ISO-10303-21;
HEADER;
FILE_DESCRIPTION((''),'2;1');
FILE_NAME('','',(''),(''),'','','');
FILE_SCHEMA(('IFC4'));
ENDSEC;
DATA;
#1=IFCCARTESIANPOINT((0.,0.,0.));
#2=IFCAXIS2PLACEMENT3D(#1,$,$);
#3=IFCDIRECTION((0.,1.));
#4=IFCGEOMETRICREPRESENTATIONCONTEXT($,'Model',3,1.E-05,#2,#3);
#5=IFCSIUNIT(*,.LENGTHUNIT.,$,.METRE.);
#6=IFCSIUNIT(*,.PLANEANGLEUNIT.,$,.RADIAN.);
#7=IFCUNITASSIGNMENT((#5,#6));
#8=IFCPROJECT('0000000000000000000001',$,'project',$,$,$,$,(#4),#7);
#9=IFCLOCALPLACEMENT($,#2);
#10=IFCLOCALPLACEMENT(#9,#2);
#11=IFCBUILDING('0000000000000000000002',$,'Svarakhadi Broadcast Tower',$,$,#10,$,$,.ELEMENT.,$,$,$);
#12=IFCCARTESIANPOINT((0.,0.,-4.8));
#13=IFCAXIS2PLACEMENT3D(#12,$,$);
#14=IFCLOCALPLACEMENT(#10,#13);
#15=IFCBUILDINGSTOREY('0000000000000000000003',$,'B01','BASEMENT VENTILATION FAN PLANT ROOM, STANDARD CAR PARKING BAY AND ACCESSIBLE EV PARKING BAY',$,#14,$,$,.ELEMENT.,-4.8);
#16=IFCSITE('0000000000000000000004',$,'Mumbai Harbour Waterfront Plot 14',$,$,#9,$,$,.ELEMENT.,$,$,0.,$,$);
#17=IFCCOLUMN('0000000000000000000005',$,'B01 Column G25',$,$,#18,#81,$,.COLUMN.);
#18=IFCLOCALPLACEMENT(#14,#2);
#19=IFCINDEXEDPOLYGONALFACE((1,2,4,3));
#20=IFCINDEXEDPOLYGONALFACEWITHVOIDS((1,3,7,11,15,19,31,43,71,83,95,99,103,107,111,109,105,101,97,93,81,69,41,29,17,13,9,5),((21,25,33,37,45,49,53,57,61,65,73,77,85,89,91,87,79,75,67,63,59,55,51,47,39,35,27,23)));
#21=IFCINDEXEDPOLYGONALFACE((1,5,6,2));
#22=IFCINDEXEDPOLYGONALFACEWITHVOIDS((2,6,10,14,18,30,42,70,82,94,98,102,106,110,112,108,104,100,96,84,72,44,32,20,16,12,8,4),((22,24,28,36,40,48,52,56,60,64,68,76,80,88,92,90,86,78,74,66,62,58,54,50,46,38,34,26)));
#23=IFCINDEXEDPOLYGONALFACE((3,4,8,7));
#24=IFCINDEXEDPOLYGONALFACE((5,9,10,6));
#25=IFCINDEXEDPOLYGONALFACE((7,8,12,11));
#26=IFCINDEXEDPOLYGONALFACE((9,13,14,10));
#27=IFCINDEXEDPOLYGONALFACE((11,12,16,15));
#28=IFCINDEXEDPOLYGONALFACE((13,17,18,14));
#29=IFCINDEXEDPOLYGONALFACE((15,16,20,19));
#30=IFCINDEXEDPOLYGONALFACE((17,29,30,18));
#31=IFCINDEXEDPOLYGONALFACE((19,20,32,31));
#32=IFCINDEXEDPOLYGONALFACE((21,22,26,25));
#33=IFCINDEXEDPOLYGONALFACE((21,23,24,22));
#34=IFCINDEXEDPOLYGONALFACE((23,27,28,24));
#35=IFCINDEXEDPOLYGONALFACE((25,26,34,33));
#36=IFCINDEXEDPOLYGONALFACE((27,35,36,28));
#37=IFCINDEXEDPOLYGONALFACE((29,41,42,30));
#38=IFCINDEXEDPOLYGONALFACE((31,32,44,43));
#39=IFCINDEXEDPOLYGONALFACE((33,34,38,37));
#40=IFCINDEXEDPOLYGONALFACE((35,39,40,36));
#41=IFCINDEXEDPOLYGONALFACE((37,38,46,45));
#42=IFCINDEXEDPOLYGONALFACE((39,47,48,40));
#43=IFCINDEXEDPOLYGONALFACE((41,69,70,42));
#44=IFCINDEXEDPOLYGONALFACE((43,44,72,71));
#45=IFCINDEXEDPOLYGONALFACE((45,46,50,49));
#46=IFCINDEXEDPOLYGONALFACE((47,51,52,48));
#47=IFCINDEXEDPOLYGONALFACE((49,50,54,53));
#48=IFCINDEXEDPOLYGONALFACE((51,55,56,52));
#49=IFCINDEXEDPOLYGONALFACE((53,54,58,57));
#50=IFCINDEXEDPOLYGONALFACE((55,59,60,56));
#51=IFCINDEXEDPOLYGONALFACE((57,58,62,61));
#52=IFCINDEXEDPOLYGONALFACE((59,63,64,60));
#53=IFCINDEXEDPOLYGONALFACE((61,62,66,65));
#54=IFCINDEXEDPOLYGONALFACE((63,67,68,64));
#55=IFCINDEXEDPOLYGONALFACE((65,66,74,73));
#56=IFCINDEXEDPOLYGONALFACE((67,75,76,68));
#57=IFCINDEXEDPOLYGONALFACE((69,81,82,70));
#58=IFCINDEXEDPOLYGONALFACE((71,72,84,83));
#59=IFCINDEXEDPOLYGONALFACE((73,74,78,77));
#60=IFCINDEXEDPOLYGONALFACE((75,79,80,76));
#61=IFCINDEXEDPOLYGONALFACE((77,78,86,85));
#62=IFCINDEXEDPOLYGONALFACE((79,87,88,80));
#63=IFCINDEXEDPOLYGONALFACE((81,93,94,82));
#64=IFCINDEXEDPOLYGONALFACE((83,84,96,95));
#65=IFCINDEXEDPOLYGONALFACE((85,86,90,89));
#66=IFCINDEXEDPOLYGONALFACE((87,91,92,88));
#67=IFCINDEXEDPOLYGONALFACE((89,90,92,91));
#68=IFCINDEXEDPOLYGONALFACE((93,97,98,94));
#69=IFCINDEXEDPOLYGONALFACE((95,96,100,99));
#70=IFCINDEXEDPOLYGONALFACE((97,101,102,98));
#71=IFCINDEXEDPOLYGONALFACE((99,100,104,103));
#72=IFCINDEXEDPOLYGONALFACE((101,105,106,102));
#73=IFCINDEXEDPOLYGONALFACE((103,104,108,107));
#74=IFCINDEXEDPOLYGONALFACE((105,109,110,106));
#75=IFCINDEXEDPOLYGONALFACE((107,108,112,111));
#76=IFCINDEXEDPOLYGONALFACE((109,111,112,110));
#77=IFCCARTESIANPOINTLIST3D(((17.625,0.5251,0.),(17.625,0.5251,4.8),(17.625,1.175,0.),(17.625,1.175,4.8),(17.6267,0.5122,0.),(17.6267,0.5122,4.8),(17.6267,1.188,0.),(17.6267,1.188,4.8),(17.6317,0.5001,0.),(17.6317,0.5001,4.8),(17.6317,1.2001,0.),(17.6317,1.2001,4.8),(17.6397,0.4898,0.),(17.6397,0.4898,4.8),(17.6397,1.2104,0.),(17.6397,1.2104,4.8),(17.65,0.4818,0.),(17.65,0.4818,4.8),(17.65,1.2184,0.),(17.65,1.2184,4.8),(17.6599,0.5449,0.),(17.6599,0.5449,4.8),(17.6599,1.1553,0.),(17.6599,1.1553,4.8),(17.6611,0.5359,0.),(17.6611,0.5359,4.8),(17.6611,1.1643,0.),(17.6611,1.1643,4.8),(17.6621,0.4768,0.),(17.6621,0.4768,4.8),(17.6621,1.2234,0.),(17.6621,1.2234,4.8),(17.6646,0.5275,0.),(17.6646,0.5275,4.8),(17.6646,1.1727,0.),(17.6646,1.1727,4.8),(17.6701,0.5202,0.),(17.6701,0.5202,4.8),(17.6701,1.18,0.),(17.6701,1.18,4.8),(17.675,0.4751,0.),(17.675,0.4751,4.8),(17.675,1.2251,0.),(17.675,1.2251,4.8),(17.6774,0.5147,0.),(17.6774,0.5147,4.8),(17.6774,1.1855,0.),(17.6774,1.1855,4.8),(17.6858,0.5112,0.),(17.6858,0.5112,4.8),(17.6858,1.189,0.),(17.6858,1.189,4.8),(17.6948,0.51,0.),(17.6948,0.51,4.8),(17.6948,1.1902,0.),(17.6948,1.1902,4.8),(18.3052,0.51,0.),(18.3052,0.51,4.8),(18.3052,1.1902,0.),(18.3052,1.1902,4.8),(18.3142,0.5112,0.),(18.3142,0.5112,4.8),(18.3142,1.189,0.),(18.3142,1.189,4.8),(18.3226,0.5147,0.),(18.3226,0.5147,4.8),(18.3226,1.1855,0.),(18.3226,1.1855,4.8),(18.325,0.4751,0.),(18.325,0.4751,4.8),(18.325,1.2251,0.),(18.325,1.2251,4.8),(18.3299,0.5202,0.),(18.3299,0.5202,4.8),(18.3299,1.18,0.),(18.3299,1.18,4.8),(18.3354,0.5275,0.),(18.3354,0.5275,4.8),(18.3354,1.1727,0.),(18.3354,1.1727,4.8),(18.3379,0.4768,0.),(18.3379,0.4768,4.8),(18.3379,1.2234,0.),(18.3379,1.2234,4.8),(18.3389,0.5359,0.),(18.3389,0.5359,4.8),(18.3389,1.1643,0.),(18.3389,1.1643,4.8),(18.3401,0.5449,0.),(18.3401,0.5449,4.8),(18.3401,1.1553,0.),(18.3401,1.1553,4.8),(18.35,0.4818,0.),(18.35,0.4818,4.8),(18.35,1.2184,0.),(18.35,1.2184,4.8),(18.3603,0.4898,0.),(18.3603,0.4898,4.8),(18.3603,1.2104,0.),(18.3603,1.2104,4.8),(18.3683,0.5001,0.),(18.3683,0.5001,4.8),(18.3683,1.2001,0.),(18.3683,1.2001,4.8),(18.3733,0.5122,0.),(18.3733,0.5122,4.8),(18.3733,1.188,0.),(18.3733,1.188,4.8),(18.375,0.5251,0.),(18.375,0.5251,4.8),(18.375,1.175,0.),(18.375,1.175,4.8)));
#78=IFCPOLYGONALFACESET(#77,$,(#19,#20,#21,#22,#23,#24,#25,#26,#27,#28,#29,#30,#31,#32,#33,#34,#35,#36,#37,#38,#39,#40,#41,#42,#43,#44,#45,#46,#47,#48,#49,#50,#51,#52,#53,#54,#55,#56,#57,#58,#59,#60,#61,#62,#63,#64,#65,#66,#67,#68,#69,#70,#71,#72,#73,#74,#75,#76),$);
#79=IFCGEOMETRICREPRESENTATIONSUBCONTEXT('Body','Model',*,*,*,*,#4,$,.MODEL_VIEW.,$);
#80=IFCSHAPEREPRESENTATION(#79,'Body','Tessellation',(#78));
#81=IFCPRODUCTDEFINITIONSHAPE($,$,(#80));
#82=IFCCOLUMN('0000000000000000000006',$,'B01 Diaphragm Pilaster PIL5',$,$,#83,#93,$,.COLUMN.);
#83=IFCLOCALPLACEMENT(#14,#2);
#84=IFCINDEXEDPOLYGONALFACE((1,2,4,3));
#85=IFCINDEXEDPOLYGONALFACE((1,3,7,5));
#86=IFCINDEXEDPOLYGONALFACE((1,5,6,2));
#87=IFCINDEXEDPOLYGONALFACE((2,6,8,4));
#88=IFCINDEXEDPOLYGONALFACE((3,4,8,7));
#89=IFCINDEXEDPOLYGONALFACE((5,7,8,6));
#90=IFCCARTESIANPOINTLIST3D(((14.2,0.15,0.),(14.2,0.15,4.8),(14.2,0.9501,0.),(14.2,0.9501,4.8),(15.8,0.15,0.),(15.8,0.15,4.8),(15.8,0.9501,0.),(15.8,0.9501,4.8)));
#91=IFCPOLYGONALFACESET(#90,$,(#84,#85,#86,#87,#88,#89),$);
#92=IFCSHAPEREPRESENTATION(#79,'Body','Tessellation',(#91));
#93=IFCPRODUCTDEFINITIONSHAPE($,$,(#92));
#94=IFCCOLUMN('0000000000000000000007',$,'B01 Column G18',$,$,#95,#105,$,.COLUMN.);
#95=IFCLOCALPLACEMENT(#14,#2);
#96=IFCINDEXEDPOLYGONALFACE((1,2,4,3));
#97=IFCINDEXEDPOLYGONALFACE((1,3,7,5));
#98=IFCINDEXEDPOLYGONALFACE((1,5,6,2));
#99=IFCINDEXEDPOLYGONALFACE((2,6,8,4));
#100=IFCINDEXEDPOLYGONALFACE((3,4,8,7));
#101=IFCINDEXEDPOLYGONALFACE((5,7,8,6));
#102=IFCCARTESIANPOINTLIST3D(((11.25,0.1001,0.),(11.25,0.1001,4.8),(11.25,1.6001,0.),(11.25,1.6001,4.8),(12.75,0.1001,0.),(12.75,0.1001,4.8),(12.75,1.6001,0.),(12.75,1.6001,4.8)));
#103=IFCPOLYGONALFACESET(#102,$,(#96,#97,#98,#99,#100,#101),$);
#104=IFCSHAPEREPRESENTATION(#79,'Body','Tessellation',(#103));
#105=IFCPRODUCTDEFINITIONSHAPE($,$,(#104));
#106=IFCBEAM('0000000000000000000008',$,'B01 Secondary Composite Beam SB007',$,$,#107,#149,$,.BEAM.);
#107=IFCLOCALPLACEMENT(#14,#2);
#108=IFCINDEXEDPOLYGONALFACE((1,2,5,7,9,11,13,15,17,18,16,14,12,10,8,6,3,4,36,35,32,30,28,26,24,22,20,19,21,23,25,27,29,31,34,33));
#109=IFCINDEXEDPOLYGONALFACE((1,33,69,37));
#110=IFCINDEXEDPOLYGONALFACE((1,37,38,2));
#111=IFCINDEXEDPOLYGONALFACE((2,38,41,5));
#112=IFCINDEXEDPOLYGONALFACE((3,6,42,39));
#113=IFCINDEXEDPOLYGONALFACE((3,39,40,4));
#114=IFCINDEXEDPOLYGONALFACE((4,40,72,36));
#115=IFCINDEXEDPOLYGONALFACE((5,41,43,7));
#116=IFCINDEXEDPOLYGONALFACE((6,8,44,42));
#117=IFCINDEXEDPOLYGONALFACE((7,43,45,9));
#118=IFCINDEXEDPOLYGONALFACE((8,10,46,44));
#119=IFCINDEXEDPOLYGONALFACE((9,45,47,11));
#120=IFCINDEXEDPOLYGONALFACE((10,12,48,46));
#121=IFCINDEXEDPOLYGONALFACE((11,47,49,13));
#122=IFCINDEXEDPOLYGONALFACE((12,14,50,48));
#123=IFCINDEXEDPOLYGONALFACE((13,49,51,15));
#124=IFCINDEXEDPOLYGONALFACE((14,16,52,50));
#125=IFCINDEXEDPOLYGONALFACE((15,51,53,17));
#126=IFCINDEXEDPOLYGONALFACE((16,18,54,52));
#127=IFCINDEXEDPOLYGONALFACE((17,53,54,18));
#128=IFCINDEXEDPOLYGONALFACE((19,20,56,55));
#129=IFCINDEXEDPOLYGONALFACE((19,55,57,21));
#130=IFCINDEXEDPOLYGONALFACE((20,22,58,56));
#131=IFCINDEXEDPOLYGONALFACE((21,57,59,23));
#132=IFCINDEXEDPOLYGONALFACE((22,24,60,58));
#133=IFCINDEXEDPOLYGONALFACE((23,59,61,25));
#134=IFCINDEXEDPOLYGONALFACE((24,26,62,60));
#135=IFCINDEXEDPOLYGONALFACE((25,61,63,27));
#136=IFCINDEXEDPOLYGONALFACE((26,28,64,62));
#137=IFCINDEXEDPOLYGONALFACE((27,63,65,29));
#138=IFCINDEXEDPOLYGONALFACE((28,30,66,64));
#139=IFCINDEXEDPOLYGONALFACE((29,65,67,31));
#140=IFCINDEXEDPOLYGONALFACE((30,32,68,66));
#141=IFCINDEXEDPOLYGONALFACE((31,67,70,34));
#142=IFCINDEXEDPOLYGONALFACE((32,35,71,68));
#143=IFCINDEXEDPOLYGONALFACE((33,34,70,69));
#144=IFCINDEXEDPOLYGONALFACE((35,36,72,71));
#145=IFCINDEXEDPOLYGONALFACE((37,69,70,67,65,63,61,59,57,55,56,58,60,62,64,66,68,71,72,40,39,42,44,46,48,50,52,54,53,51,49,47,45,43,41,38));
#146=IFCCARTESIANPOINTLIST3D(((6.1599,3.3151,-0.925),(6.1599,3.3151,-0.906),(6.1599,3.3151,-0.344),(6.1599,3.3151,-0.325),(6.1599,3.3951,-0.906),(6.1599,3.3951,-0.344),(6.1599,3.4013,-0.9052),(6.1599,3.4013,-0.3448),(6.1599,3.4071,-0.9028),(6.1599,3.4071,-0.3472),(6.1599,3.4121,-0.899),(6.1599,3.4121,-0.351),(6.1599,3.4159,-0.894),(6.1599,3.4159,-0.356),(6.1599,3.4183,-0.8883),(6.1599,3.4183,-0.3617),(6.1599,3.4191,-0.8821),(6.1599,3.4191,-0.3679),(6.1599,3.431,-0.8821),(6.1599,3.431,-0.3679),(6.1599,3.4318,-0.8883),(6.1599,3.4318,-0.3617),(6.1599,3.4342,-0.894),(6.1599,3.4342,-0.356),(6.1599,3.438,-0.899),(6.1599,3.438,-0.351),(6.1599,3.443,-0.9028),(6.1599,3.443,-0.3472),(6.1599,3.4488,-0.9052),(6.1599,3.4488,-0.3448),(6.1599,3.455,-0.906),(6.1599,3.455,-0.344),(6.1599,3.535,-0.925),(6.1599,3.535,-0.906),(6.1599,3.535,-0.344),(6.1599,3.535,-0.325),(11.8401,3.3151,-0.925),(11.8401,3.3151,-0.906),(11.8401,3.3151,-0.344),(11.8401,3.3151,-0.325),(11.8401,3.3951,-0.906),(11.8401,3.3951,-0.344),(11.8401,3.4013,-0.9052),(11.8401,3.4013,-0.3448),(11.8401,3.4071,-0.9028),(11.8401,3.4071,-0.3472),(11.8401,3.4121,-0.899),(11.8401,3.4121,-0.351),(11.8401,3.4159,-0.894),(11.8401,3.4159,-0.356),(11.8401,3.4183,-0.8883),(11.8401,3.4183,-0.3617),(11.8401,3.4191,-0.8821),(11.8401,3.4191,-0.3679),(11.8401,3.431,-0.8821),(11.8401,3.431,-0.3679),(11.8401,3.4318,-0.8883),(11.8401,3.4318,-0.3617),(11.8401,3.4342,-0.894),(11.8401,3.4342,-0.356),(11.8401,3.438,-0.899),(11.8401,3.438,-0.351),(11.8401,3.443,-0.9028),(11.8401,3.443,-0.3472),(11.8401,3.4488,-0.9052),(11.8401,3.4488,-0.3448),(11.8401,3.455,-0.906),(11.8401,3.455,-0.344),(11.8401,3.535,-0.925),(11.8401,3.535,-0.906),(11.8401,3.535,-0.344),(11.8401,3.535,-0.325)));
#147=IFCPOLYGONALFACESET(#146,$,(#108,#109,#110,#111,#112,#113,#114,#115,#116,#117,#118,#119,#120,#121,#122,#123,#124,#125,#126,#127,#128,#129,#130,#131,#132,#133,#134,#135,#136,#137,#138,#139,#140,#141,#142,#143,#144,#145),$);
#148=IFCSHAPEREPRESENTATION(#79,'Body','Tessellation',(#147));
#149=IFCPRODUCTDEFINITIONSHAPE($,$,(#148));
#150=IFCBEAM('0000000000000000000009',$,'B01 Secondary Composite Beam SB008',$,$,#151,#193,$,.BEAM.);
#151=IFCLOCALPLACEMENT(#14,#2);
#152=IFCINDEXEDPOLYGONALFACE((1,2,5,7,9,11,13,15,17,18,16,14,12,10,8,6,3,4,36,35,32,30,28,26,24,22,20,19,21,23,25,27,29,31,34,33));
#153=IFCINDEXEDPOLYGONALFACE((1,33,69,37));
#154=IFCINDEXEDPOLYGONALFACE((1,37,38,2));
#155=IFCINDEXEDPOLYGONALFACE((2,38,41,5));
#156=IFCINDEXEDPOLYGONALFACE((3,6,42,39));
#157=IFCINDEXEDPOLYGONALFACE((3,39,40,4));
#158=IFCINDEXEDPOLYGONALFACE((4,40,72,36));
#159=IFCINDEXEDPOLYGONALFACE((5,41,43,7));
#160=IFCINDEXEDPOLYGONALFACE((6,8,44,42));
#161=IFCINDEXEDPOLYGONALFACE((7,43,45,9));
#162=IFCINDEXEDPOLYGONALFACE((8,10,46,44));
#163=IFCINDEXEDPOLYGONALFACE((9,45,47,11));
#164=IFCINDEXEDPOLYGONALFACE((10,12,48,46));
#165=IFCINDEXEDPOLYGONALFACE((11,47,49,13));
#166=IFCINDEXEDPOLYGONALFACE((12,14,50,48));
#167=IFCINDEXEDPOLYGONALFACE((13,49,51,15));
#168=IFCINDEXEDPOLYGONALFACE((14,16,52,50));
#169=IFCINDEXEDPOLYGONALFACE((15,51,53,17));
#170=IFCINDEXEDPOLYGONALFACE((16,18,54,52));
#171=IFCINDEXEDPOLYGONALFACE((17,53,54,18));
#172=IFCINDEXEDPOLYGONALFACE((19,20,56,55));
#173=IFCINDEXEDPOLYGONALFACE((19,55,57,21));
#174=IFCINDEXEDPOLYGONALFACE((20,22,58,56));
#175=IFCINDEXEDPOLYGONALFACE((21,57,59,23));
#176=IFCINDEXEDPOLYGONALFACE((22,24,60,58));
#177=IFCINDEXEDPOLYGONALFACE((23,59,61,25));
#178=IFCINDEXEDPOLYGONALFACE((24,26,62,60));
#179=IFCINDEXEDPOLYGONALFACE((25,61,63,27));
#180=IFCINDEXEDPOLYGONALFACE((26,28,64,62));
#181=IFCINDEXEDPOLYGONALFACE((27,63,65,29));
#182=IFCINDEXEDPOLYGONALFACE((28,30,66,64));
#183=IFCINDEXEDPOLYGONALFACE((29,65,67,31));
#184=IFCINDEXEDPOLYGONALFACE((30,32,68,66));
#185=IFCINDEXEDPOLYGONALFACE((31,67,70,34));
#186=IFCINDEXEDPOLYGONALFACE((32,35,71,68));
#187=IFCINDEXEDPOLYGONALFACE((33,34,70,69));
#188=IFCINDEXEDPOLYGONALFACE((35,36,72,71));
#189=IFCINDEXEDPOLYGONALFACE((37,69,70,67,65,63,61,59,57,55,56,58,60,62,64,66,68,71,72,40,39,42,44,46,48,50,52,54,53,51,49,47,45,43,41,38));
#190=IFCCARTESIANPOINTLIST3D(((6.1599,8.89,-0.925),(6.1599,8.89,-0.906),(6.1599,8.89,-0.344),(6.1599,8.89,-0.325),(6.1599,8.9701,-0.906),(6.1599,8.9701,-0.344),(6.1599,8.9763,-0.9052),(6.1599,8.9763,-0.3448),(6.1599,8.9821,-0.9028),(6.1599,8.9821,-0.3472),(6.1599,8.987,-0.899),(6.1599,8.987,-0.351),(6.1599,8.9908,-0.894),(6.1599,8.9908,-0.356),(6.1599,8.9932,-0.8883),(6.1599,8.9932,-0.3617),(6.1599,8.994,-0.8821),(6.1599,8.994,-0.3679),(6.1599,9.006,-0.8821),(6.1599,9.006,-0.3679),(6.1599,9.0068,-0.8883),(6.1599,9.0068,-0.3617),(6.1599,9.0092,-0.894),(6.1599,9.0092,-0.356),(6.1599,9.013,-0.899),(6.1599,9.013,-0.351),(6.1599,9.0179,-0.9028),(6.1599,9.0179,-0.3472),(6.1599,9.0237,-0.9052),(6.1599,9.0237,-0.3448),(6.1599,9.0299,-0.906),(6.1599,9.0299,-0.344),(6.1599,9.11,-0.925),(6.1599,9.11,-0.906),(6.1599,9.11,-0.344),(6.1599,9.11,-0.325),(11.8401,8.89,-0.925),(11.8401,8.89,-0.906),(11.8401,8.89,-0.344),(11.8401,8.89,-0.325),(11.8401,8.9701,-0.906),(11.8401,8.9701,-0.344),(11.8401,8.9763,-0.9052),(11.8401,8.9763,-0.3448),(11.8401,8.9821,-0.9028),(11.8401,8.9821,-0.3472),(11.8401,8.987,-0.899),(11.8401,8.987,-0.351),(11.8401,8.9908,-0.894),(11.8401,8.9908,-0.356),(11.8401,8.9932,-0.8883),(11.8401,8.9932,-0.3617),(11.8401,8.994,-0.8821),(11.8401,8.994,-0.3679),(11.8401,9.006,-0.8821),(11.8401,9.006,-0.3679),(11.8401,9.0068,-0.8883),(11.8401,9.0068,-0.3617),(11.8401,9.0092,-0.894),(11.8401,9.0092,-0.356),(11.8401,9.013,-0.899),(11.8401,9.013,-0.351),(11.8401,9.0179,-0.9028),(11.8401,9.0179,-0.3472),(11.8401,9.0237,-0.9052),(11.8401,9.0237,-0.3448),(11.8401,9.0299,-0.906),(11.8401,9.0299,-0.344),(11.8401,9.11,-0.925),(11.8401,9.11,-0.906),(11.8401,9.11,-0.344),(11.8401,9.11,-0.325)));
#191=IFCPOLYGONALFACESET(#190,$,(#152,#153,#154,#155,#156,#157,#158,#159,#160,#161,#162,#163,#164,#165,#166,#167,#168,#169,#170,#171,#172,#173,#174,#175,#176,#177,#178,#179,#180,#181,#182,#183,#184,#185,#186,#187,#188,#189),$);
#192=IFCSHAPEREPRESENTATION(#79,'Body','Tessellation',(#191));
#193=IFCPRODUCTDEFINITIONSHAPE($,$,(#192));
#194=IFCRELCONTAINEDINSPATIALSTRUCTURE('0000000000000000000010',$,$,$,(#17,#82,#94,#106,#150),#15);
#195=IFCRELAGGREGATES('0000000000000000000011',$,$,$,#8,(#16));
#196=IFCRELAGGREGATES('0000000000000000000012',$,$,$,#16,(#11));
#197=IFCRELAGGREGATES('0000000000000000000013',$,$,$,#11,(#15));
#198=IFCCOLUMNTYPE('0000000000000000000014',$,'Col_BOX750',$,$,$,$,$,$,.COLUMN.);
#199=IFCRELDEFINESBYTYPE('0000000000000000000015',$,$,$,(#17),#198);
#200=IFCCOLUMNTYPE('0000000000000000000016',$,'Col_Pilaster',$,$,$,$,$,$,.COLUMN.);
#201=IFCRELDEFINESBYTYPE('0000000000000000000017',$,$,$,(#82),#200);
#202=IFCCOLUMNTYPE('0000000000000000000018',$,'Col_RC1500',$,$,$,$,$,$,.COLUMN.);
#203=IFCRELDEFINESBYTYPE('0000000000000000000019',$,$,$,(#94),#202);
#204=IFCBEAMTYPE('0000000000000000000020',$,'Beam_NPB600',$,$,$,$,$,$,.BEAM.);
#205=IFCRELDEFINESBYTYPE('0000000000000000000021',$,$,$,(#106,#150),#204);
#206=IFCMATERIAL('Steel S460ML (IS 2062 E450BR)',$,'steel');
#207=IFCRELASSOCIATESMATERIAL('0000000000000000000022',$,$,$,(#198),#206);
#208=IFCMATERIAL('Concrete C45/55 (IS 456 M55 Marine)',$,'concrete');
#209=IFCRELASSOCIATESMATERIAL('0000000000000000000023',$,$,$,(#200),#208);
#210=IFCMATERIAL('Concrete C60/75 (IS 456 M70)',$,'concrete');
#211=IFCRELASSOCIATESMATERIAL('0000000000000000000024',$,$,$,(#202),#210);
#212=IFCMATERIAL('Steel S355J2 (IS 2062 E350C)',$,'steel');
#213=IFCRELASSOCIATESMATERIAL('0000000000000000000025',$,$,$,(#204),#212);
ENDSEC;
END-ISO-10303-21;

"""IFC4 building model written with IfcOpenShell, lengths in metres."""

from ifc_helpers import new_model, si_unit, direction, frame, origin, origin_2d, place, context, subcontext, project, spatial, rectangle, hollow_rectangle, i_section, extrude, material, material_profile, profile_set, type_object, element, save


model = new_model("IFC4")

# Units and contexts
model_context = context("Model", 3, precision=1e-05, world=origin(), true_north=direction((0.0, 1.0)))
body_context = subcontext(model_context, "Body", "Model", "MODEL_VIEW")
ifc_project = project(units=[si_unit("LENGTHUNIT", "METRE"), si_unit("PLANEANGLEUNIT", "RADIAN")], contexts=[model_context])

# Site, building, storey
site_placement = place(None, origin())
site = spatial("IfcSite", under=ifc_project, at=site_placement, Name="Mumbai Harbour Waterfront Plot 14", CompositionType="ELEMENT", RefElevation=0.0)
building_placement = place(site_placement, origin())
building = spatial("IfcBuilding", under=site, at=building_placement, Name="Svarakhadi Broadcast Tower", CompositionType="ELEMENT")
storey_placement = place(building_placement, frame((0.0, 0.0, -4.8)))
storey = spatial("IfcBuildingStorey", under=building, at=storey_placement, Name="B01", Description="BASEMENT VENTILATION FAN PLANT ROOM, STANDARD CAR PARKING BAY AND ACCESSIBLE EV PARKING BAY", CompositionType="ELEMENT", Elevation=-4.8)

# Columns
ifc_material_1 = material(Name="Steel S460ML (IS 2062 E450BR)", Category="steel")
ifc_material_profile_1 = material_profile(ifc_material_1, hollow_rectangle(XDim=0.75, YDim=0.75, WallThickness=0.0349, InnerFilletRadius=0.0349, OuterFilletRadius=0.05, at=origin_2d()), Name="BOX 750x750x35")
ifc_profile_set_1 = profile_set([ifc_material_profile_1], Name="Steel S460ML (IS 2062 E450BR)")
column_type_1 = type_object("IfcColumnType", Name="Col_BOX750", PredefinedType="COLUMN", material=ifc_profile_set_1)
column_1_placement = place(storey_placement, frame((18.0, 0.8501, 0.0), z_axis=(0.0, 0.0, 1.0), x_axis=(1.0, 0.0, 0.0)))
element("IfcColumn", 1, at=column_1_placement, inside=storey, type_object=column_type_1, Name="B01 Column G25", PredefinedType="COLUMN", context=body_context, shape_type="SweptSolid", body=[
    extrude(hollow_rectangle(XDim=0.75, YDim=0.75, WallThickness=0.0349, InnerFilletRadius=0.0349, OuterFilletRadius=0.05, at=origin_2d()), origin(), (0.0, 0.0, 1.0), 4.8),
])
ifc_material_2 = material(Name="Concrete C45/55 (IS 456 M55 Marine)", Category="concrete")
ifc_material_profile_2 = material_profile(ifc_material_2, rectangle(XDim=0.8, YDim=1.6001, at=origin_2d()), Name="RC 800x1600")
ifc_profile_set_2 = profile_set([ifc_material_profile_2], Name="Concrete C45/55 (IS 456 M55 Marine)")
column_type_2 = type_object("IfcColumnType", Name="Col_Pilaster", PredefinedType="COLUMN", material=ifc_profile_set_2)
column_2_placement = place(storey_placement, frame((15.0, 0.55, 0.0), z_axis=(0.0, 0.0, 1.0), x_axis=(0.0, 1.0, 0.0)))
element("IfcColumn", 2, at=column_2_placement, inside=storey, type_object=column_type_2, Name="B01 Diaphragm Pilaster PIL5", PredefinedType="COLUMN", context=body_context, shape_type="SweptSolid", body=[
    extrude(rectangle(XDim=0.8, YDim=1.6001, at=origin_2d()), origin(), (0.0, 0.0, 1.0), 4.8),
])
ifc_material_3 = material(Name="Concrete C60/75 (IS 456 M70)", Category="concrete")
ifc_material_profile_3 = material_profile(ifc_material_3, rectangle(XDim=1.5, YDim=1.5, at=origin_2d()), Name="RC 1500x1500")
ifc_profile_set_3 = profile_set([ifc_material_profile_3], Name="Concrete C60/75 (IS 456 M70)")
column_type_3 = type_object("IfcColumnType", Name="Col_RC1500", PredefinedType="COLUMN", material=ifc_profile_set_3)
column_3_placement = place(storey_placement, frame((12.0, 0.8501, 0.0), z_axis=(0.0, 0.0, 1.0), x_axis=(1.0, 0.0, 0.0)))
element("IfcColumn", 3, at=column_3_placement, inside=storey, type_object=column_type_3, Name="B01 Column G18", PredefinedType="COLUMN", context=body_context, shape_type="SweptSolid", body=[
    extrude(rectangle(XDim=1.5, YDim=1.5, at=origin_2d()), origin(), (0.0, 0.0, 1.0), 4.8),
])

# Beams
ifc_material_4 = material(Name="Steel S355J2 (IS 2062 E350C)", Category="steel")
ifc_material_profile_4 = material_profile(ifc_material_4, i_section(OverallWidth=0.22, OverallDepth=0.6001, WebThickness=0.012, FlangeThickness=0.019, FilletRadius=0.0239, at=origin_2d()), Name="NPB 600x220x122")
ifc_profile_set_4 = profile_set([ifc_material_profile_4], Name="Steel S355J2 (IS 2062 E350C)")
beam_type_1 = type_object("IfcBeamType", Name="Beam_NPB600", PredefinedType="BEAM", material=ifc_profile_set_4)
for number, where, z_axis, x_axis, name in (
    (4, (6.1599, 3.425, -0.625), (1.0, 0.0, 0.0), (0.0, 1.0, 0.0), "B01 Secondary Composite Beam SB007"),
    (5, (6.1599, 9.0, -0.625), (1.0, 0.0, 0.0), (0.0, 1.0, 0.0), "B01 Secondary Composite Beam SB008"),
):
    element("IfcBeam", number, at=place(storey_placement, frame(where, z_axis=z_axis, x_axis=x_axis)), inside=storey, type_object=beam_type_1, Name=name, PredefinedType="BEAM", context=body_context, shape_type="SweptSolid", body=[
        extrude(i_section(OverallWidth=0.22, OverallDepth=0.6001, WebThickness=0.012, FlangeThickness=0.019, FilletRadius=0.0239, at=origin_2d()), origin(), (0.0, 0.0, 1.0), 5.6802),
    ])

save(model, "model.ifc")
